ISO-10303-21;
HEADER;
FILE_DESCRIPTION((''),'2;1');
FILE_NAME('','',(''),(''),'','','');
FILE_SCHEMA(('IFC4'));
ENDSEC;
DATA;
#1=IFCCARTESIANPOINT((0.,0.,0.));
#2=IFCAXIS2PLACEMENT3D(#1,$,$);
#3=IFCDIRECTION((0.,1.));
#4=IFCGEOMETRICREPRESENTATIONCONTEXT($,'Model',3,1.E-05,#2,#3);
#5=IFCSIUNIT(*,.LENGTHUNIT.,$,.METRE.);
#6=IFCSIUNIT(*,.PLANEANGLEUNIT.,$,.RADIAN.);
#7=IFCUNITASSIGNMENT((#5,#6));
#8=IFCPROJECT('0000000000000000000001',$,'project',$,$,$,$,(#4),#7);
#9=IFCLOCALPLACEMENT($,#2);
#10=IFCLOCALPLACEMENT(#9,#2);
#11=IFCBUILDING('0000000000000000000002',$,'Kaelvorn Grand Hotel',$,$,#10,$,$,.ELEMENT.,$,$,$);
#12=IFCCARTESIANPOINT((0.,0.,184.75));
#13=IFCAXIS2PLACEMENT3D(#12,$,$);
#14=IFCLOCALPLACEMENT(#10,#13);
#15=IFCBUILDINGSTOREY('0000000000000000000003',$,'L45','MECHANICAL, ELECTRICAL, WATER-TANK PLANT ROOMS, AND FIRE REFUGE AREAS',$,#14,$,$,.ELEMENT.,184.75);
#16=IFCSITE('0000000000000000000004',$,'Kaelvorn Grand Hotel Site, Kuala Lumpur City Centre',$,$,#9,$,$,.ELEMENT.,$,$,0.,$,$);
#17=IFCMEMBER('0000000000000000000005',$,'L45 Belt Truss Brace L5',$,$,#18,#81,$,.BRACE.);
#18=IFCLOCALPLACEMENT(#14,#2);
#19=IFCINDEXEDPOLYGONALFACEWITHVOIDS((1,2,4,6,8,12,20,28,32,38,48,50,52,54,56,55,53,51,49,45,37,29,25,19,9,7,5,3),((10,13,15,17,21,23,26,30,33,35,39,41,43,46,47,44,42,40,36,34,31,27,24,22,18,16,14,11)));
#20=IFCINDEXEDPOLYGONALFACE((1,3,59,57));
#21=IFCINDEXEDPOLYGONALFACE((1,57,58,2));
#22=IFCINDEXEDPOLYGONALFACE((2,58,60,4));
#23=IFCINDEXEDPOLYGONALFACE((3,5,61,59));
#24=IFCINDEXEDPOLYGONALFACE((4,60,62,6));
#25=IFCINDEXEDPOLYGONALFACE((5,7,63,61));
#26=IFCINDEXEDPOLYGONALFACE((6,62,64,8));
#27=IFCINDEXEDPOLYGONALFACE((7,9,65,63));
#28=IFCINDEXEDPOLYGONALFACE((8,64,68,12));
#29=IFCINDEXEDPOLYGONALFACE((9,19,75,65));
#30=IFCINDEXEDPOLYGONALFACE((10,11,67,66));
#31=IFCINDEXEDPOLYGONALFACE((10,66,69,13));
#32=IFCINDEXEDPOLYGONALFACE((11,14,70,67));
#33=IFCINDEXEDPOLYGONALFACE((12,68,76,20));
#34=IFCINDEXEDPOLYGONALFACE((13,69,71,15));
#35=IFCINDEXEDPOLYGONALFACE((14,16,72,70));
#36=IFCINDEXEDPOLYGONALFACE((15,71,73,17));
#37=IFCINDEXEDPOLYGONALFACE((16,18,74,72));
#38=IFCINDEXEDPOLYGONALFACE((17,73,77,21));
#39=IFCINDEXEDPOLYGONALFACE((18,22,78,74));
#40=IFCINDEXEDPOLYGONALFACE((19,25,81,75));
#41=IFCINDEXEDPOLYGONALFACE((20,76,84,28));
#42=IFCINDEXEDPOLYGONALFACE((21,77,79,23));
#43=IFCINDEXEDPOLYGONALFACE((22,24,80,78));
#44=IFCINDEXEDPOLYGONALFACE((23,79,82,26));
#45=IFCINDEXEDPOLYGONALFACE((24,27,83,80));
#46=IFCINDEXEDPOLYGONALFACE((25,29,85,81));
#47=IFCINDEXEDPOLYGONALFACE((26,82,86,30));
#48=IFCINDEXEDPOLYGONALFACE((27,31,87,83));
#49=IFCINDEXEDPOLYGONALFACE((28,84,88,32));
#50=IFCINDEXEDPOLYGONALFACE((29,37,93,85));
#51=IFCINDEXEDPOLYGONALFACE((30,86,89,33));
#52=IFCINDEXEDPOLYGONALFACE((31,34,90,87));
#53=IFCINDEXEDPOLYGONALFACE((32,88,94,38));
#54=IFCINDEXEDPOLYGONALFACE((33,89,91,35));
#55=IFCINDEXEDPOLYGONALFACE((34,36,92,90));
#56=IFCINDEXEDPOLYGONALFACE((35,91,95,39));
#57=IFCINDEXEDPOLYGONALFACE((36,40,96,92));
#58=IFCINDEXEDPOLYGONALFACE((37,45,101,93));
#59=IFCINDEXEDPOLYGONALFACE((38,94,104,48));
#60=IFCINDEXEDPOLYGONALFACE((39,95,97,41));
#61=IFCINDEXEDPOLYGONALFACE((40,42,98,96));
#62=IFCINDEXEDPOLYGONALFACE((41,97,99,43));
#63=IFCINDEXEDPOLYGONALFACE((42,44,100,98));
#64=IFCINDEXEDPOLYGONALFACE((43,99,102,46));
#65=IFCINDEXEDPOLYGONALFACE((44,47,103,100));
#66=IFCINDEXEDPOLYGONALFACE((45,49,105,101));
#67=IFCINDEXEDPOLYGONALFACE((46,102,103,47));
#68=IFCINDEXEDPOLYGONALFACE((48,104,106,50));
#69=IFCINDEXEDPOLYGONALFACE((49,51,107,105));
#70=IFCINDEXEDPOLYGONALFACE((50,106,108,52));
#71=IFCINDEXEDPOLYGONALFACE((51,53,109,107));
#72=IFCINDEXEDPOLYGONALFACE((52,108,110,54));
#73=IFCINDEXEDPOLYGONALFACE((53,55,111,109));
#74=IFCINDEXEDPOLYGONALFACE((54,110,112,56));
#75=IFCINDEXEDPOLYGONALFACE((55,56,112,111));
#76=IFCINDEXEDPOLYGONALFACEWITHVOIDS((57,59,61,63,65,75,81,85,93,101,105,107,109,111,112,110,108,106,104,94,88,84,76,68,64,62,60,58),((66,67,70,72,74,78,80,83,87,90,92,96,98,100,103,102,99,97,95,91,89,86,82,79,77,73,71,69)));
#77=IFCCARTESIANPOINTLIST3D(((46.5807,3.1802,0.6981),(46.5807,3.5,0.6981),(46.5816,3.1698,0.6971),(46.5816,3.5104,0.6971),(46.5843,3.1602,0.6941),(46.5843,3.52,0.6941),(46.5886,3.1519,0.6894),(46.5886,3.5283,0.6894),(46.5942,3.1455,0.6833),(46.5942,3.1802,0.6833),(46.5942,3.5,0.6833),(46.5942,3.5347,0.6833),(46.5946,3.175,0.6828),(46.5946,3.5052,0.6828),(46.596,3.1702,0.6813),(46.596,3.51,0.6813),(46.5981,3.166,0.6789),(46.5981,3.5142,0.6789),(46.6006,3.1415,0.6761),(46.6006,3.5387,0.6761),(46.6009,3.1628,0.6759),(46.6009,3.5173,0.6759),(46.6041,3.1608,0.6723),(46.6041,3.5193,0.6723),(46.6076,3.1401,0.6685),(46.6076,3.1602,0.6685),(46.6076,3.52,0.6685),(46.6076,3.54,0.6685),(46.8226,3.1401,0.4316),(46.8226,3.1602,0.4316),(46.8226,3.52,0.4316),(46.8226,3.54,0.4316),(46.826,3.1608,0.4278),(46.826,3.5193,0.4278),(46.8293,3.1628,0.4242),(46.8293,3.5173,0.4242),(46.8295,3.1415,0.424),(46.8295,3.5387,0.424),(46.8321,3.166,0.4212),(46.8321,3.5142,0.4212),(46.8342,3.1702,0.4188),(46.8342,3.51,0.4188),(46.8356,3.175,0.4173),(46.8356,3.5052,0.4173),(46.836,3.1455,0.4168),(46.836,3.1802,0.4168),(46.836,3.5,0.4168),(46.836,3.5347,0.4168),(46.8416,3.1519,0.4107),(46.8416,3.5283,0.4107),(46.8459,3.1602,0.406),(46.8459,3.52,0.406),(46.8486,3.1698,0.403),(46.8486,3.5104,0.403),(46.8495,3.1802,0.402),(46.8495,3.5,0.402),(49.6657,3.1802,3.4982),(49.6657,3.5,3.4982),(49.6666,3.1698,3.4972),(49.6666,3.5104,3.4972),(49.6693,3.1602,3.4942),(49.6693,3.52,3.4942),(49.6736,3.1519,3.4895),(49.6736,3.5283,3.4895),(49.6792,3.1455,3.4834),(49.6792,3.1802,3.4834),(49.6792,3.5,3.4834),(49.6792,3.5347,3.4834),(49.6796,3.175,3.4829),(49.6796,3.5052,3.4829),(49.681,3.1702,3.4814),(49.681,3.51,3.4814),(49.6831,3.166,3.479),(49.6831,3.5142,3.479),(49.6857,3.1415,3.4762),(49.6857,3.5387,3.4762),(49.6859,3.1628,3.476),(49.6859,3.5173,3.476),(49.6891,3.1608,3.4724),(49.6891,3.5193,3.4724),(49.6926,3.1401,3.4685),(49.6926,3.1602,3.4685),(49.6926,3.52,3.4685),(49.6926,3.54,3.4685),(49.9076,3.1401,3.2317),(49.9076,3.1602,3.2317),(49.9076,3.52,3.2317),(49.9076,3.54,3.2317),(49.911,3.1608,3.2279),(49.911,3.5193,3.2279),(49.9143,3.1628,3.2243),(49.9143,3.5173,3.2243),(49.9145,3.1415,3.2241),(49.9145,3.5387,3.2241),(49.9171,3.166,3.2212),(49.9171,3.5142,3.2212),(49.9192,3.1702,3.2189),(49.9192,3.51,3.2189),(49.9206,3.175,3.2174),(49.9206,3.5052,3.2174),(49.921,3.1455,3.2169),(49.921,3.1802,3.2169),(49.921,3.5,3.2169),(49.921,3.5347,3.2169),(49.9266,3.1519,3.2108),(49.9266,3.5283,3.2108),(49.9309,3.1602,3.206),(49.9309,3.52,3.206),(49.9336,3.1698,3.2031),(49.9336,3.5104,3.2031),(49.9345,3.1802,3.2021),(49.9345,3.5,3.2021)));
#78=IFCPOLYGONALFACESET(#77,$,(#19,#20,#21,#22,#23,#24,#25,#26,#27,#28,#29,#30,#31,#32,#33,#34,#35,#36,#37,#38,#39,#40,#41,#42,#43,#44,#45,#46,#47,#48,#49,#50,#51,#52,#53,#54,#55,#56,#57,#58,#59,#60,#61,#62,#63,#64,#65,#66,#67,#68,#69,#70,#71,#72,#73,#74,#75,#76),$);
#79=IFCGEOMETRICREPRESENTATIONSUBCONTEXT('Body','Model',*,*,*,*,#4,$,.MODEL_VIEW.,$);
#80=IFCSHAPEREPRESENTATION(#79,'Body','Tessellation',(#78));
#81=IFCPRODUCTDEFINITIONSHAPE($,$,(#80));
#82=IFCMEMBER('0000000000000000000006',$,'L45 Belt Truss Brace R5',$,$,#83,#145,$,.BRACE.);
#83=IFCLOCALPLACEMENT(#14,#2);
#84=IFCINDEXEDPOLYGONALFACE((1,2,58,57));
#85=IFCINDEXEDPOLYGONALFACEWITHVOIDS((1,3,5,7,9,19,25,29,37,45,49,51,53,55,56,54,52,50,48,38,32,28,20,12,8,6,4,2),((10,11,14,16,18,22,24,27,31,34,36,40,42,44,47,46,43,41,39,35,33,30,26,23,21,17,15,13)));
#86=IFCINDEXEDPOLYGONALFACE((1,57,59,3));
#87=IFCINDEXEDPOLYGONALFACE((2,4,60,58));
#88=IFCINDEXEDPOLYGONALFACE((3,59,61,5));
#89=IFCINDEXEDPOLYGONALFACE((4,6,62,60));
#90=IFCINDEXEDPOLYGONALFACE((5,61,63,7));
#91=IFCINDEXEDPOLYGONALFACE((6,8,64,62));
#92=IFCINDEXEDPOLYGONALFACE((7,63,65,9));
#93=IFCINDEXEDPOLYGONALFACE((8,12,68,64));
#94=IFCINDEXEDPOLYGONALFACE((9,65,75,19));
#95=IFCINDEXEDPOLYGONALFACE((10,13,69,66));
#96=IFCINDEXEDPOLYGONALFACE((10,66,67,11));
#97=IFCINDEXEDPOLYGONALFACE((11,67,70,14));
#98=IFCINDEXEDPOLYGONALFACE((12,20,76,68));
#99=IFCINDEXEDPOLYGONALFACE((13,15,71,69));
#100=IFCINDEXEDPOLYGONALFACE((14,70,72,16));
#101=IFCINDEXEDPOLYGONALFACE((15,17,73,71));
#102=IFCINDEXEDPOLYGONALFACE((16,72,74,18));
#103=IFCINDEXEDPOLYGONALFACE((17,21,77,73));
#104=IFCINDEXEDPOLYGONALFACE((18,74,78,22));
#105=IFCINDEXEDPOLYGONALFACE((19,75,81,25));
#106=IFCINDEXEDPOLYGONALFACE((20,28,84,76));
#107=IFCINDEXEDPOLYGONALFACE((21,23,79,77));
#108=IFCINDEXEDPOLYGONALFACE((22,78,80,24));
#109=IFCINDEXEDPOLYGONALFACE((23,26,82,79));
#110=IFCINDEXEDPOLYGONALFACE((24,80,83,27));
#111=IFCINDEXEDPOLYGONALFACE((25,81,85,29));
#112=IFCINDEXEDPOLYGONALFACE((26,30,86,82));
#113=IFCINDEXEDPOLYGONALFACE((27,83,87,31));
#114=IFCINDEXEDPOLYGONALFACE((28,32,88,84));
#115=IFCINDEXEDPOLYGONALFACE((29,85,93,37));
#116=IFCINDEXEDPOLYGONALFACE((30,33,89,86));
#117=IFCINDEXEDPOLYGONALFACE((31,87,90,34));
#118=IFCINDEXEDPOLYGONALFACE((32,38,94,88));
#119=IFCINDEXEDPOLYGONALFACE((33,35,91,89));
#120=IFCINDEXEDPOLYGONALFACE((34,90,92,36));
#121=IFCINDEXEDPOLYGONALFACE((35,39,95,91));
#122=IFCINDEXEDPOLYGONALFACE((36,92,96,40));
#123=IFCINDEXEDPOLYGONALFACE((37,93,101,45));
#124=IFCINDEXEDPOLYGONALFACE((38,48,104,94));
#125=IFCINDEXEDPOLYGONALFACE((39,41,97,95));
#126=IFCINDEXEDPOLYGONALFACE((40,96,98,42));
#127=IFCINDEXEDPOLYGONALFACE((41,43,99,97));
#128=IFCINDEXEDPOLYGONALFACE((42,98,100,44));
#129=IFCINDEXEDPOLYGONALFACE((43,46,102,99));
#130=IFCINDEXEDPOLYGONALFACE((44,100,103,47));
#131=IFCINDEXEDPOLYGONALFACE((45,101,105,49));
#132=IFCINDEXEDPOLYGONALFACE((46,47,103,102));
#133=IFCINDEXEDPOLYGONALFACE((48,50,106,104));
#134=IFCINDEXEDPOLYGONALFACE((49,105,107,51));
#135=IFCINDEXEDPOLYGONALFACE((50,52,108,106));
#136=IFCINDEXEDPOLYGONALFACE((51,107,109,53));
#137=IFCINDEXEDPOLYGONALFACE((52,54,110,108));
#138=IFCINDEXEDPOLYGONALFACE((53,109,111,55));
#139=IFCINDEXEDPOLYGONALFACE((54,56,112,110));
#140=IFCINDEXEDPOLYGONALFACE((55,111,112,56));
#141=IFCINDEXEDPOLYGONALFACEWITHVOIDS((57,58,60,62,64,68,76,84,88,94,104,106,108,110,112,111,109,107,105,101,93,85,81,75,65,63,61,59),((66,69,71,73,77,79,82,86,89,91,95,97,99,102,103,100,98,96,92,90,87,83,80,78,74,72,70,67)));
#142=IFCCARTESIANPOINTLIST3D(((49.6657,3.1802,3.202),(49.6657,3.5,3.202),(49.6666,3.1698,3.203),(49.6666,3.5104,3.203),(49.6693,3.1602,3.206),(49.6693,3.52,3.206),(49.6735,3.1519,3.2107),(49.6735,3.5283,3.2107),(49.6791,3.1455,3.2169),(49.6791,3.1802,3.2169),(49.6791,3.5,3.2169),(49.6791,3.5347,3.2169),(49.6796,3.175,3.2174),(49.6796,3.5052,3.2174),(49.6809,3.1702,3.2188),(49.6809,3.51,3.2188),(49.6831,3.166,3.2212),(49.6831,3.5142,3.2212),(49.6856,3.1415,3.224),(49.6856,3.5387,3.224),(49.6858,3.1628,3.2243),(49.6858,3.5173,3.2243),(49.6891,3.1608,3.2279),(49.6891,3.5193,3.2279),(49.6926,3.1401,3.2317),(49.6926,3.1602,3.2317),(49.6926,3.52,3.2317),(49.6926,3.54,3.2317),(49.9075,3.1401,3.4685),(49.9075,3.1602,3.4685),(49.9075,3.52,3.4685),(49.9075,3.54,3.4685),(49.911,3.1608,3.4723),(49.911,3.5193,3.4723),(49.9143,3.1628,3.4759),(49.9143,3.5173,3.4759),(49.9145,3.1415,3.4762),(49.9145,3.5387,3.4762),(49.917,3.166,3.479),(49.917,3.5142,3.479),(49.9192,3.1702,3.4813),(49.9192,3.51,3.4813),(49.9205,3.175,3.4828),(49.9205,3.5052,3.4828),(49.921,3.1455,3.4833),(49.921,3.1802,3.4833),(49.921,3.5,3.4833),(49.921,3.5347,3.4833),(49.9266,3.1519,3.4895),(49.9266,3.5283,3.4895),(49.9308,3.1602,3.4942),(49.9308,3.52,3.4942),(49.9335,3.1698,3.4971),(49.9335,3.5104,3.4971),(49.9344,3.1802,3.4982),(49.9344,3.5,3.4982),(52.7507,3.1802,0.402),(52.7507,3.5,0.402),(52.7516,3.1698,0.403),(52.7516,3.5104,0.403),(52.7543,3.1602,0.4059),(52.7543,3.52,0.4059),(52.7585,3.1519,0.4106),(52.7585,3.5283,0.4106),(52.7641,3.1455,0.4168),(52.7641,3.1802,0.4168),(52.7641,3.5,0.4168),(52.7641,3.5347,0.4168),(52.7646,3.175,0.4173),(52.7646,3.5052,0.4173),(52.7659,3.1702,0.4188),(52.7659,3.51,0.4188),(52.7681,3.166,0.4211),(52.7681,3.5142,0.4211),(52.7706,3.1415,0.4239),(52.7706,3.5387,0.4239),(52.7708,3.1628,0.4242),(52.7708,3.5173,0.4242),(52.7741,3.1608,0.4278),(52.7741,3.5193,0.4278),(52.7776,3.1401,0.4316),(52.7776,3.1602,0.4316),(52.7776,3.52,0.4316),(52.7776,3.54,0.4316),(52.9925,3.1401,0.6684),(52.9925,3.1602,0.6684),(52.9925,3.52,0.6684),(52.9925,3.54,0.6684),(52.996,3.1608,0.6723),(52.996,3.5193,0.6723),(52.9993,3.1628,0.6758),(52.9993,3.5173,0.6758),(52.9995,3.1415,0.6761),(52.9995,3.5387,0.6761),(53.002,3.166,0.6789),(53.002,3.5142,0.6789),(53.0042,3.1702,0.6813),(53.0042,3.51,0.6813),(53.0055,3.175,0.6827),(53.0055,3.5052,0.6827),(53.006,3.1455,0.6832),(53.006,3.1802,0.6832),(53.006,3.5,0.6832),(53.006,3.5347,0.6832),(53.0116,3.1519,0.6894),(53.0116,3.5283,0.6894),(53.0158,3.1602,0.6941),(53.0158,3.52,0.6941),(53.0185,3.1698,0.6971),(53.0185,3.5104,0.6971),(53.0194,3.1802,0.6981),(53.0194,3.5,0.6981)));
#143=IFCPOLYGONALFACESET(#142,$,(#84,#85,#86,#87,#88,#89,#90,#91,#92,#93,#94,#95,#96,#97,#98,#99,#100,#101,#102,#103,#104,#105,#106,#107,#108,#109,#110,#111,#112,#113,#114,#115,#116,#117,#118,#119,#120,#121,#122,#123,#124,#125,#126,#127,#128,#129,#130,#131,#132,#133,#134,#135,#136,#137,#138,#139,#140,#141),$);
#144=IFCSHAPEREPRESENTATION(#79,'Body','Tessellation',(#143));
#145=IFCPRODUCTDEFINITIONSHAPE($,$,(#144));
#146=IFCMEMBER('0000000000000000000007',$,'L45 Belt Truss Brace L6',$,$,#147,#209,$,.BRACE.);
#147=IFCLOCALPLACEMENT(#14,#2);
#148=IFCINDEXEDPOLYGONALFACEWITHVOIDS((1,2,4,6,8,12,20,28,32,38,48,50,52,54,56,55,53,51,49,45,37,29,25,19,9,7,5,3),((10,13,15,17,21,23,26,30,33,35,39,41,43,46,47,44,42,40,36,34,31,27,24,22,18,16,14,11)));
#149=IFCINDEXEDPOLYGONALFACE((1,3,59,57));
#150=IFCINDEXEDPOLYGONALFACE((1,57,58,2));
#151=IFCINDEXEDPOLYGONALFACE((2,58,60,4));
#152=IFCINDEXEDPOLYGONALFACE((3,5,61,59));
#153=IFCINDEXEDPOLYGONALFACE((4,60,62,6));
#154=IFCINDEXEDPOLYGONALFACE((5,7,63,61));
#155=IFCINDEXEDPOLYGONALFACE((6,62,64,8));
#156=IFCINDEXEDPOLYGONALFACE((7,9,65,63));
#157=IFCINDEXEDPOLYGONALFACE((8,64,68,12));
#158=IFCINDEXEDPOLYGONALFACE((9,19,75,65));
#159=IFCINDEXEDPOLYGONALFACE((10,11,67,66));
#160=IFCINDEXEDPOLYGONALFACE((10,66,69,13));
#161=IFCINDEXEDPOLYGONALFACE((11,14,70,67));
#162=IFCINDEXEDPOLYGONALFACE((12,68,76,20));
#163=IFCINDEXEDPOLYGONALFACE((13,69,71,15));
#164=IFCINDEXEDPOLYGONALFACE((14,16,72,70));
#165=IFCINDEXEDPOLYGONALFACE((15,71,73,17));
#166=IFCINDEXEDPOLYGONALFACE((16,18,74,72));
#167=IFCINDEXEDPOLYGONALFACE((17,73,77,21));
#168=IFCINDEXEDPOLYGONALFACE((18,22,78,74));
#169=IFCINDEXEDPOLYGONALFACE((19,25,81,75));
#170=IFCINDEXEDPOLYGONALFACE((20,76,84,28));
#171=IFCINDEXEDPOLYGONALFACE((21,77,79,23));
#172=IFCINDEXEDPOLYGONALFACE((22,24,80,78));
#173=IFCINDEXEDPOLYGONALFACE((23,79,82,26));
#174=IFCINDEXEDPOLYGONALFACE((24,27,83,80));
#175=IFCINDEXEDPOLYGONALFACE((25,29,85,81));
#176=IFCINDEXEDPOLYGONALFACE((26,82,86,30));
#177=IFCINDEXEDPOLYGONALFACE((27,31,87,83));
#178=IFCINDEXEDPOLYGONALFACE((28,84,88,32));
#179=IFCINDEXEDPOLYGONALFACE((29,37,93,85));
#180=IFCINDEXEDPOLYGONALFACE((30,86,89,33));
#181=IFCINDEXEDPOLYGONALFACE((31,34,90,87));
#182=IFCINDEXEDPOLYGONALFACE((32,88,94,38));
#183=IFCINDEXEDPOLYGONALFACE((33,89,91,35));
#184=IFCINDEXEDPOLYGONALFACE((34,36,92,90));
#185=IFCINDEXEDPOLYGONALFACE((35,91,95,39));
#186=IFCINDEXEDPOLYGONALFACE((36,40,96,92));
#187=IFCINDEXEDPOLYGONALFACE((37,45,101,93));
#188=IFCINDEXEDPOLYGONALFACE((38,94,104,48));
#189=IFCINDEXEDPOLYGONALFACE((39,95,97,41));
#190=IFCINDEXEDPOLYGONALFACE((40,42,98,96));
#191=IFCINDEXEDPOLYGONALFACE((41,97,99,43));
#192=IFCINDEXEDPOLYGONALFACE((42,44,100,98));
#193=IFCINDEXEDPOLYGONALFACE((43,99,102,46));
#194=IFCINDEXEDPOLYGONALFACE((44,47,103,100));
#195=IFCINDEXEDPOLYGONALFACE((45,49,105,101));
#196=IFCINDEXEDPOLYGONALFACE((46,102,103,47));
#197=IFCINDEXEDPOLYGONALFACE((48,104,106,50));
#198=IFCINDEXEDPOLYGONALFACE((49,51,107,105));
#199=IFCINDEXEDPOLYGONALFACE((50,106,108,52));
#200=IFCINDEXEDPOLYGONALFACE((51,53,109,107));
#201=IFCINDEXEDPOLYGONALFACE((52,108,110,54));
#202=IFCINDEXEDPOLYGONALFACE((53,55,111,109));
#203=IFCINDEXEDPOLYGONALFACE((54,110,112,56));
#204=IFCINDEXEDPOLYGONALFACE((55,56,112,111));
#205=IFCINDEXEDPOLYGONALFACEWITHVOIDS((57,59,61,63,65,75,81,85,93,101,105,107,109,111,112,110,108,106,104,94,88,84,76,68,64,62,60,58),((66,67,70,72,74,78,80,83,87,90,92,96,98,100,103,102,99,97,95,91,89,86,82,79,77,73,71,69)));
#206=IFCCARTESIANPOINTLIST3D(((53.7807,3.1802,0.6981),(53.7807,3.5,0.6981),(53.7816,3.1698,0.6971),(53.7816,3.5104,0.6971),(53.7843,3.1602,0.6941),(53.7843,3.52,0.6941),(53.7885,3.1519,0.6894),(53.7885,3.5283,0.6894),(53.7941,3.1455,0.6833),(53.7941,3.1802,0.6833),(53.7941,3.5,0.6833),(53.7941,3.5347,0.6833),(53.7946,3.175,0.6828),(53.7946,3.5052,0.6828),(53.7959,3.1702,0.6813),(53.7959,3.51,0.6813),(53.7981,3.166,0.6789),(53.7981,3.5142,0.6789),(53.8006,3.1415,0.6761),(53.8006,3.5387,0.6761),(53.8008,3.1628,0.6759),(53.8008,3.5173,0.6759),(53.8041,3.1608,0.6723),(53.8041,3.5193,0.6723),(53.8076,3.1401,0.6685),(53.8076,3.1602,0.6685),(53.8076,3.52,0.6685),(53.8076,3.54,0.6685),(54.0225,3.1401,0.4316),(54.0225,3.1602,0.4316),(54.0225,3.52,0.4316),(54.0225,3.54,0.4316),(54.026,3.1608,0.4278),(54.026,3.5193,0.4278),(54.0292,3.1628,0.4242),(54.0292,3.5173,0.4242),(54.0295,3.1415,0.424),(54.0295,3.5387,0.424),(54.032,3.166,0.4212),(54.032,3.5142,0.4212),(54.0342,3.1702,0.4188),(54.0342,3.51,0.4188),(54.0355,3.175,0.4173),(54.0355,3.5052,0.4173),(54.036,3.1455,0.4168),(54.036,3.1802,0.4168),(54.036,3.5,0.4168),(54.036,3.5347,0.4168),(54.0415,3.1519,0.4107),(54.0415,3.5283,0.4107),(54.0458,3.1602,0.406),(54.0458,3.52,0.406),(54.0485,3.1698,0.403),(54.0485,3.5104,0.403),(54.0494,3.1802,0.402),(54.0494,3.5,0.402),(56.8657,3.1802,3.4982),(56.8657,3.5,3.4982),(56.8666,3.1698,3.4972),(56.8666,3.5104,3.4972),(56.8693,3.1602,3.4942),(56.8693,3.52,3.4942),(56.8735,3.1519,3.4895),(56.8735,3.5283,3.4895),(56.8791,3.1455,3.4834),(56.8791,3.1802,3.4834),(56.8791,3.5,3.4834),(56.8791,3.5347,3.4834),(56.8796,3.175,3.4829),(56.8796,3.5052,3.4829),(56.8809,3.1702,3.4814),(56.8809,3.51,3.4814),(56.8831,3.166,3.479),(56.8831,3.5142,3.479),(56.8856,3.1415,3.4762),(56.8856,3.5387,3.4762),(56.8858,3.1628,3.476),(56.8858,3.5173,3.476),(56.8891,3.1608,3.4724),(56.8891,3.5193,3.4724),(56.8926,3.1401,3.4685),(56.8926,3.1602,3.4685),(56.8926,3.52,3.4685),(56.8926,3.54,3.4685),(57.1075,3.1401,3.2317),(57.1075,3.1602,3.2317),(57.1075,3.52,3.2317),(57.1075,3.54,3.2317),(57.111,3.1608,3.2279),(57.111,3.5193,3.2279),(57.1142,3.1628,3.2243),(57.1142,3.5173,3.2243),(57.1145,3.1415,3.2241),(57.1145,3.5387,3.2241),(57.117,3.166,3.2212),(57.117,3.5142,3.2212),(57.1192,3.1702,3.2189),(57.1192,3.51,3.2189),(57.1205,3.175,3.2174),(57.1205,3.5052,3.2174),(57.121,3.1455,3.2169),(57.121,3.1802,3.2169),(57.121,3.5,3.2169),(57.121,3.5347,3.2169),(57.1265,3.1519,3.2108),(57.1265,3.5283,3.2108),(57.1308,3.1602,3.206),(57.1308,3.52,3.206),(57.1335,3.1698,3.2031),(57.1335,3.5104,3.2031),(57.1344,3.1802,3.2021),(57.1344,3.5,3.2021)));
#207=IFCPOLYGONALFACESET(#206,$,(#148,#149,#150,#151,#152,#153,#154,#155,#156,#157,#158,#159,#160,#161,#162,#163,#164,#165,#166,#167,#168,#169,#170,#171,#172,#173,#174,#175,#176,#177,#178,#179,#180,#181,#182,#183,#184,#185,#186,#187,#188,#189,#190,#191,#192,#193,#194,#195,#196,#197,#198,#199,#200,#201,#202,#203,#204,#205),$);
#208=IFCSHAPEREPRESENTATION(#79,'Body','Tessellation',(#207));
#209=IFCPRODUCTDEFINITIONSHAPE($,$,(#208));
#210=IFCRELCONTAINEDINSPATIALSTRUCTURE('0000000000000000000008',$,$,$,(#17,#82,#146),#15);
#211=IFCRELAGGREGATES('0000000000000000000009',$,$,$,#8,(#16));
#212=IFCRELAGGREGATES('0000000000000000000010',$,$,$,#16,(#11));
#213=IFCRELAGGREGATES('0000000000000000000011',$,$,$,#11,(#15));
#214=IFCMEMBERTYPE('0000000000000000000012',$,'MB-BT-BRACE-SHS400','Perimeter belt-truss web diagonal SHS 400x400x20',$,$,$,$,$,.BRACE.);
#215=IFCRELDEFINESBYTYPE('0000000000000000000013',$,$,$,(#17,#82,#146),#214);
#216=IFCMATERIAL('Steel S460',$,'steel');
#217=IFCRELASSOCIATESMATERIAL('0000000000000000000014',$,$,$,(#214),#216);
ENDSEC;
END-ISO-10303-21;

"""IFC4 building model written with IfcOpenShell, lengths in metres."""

from ifc_helpers import new_model, si_unit, direction, frame, origin, origin_2d, place, context, subcontext, project, spatial, hollow_rectangle, extrude, material, material_profile, profile_set, type_object, element, save


model = new_model("IFC4")

# Units and contexts
model_context = context("Model", 3, precision=1e-05, world=origin(), true_north=direction((0.0, 1.0)))
body_context = subcontext(model_context, "Body", "Model", "MODEL_VIEW")
ifc_project = project(units=[si_unit("LENGTHUNIT", "METRE"), si_unit("PLANEANGLEUNIT", "RADIAN")], contexts=[model_context])

# Site, building, storey
site_placement = place(None, origin())
site = spatial("IfcSite", under=ifc_project, at=site_placement, Name="Kaelvorn Grand Hotel Site, Kuala Lumpur City Centre", CompositionType="ELEMENT", RefElevation=0.0)
building_placement = place(site_placement, origin())
building = spatial("IfcBuilding", under=site, at=building_placement, Name="Kaelvorn Grand Hotel", CompositionType="ELEMENT")
storey_placement = place(building_placement, frame((0.0, 0.0, 184.75)))
storey = spatial("IfcBuildingStorey", under=building, at=storey_placement, Name="L45", Description="MECHANICAL, ELECTRICAL, WATER-TANK PLANT ROOMS, AND FIRE REFUGE AREAS", CompositionType="ELEMENT", Elevation=184.75)

# Members
ifc_material_1 = material(Name="Steel S460", Category="steel")
ifc_material_profile_1 = material_profile(ifc_material_1, hollow_rectangle(XDim=0.3999, YDim=0.3999, WallThickness=0.02, InnerFilletRadius=0.02, OuterFilletRadius=0.04, at=origin_2d()), Name="SHS 400x400x20.0")
ifc_profile_set_1 = profile_set([ifc_material_profile_1], Name="Steel S460")
member_type_1 = type_object("IfcMemberType", Name="MB-BT-BRACE-SHS400", Description="Perimeter belt-truss web diagonal SHS 400x400x20", PredefinedType="BRACE", material=ifc_profile_set_1)
for number, where, z_axis, x_axis, name in (
    (1, (46.7151, 3.3401, 0.55), (0.740473, 0.0, 0.672086), (0.0, 1.0, 0.0), "L45 Belt Truss Brace L5"),
    (2, (49.8, 3.3401, 3.3501), (0.740473, 0.0, -0.672086), (0.0, 1.0, 0.0), "L45 Belt Truss Brace R5"),
    (3, (53.915, 3.3401, 0.55), (0.740473, 0.0, 0.672086), (0.0, 1.0, 0.0), "L45 Belt Truss Brace L6"),
):
    element("IfcMember", number, at=place(storey_placement, frame(where, z_axis=z_axis, x_axis=x_axis)), inside=storey, type_object=member_type_1, Name=name, PredefinedType="BRACE", context=body_context, shape_type="SweptSolid", body=[
        extrude(hollow_rectangle(XDim=0.3999, YDim=0.3999, WallThickness=0.02, InnerFilletRadius=0.02, OuterFilletRadius=0.04, at=origin_2d()), origin(), (0.0, 0.0, 1.0), 4.1663),
    ])

save(model, "model.ifc")
